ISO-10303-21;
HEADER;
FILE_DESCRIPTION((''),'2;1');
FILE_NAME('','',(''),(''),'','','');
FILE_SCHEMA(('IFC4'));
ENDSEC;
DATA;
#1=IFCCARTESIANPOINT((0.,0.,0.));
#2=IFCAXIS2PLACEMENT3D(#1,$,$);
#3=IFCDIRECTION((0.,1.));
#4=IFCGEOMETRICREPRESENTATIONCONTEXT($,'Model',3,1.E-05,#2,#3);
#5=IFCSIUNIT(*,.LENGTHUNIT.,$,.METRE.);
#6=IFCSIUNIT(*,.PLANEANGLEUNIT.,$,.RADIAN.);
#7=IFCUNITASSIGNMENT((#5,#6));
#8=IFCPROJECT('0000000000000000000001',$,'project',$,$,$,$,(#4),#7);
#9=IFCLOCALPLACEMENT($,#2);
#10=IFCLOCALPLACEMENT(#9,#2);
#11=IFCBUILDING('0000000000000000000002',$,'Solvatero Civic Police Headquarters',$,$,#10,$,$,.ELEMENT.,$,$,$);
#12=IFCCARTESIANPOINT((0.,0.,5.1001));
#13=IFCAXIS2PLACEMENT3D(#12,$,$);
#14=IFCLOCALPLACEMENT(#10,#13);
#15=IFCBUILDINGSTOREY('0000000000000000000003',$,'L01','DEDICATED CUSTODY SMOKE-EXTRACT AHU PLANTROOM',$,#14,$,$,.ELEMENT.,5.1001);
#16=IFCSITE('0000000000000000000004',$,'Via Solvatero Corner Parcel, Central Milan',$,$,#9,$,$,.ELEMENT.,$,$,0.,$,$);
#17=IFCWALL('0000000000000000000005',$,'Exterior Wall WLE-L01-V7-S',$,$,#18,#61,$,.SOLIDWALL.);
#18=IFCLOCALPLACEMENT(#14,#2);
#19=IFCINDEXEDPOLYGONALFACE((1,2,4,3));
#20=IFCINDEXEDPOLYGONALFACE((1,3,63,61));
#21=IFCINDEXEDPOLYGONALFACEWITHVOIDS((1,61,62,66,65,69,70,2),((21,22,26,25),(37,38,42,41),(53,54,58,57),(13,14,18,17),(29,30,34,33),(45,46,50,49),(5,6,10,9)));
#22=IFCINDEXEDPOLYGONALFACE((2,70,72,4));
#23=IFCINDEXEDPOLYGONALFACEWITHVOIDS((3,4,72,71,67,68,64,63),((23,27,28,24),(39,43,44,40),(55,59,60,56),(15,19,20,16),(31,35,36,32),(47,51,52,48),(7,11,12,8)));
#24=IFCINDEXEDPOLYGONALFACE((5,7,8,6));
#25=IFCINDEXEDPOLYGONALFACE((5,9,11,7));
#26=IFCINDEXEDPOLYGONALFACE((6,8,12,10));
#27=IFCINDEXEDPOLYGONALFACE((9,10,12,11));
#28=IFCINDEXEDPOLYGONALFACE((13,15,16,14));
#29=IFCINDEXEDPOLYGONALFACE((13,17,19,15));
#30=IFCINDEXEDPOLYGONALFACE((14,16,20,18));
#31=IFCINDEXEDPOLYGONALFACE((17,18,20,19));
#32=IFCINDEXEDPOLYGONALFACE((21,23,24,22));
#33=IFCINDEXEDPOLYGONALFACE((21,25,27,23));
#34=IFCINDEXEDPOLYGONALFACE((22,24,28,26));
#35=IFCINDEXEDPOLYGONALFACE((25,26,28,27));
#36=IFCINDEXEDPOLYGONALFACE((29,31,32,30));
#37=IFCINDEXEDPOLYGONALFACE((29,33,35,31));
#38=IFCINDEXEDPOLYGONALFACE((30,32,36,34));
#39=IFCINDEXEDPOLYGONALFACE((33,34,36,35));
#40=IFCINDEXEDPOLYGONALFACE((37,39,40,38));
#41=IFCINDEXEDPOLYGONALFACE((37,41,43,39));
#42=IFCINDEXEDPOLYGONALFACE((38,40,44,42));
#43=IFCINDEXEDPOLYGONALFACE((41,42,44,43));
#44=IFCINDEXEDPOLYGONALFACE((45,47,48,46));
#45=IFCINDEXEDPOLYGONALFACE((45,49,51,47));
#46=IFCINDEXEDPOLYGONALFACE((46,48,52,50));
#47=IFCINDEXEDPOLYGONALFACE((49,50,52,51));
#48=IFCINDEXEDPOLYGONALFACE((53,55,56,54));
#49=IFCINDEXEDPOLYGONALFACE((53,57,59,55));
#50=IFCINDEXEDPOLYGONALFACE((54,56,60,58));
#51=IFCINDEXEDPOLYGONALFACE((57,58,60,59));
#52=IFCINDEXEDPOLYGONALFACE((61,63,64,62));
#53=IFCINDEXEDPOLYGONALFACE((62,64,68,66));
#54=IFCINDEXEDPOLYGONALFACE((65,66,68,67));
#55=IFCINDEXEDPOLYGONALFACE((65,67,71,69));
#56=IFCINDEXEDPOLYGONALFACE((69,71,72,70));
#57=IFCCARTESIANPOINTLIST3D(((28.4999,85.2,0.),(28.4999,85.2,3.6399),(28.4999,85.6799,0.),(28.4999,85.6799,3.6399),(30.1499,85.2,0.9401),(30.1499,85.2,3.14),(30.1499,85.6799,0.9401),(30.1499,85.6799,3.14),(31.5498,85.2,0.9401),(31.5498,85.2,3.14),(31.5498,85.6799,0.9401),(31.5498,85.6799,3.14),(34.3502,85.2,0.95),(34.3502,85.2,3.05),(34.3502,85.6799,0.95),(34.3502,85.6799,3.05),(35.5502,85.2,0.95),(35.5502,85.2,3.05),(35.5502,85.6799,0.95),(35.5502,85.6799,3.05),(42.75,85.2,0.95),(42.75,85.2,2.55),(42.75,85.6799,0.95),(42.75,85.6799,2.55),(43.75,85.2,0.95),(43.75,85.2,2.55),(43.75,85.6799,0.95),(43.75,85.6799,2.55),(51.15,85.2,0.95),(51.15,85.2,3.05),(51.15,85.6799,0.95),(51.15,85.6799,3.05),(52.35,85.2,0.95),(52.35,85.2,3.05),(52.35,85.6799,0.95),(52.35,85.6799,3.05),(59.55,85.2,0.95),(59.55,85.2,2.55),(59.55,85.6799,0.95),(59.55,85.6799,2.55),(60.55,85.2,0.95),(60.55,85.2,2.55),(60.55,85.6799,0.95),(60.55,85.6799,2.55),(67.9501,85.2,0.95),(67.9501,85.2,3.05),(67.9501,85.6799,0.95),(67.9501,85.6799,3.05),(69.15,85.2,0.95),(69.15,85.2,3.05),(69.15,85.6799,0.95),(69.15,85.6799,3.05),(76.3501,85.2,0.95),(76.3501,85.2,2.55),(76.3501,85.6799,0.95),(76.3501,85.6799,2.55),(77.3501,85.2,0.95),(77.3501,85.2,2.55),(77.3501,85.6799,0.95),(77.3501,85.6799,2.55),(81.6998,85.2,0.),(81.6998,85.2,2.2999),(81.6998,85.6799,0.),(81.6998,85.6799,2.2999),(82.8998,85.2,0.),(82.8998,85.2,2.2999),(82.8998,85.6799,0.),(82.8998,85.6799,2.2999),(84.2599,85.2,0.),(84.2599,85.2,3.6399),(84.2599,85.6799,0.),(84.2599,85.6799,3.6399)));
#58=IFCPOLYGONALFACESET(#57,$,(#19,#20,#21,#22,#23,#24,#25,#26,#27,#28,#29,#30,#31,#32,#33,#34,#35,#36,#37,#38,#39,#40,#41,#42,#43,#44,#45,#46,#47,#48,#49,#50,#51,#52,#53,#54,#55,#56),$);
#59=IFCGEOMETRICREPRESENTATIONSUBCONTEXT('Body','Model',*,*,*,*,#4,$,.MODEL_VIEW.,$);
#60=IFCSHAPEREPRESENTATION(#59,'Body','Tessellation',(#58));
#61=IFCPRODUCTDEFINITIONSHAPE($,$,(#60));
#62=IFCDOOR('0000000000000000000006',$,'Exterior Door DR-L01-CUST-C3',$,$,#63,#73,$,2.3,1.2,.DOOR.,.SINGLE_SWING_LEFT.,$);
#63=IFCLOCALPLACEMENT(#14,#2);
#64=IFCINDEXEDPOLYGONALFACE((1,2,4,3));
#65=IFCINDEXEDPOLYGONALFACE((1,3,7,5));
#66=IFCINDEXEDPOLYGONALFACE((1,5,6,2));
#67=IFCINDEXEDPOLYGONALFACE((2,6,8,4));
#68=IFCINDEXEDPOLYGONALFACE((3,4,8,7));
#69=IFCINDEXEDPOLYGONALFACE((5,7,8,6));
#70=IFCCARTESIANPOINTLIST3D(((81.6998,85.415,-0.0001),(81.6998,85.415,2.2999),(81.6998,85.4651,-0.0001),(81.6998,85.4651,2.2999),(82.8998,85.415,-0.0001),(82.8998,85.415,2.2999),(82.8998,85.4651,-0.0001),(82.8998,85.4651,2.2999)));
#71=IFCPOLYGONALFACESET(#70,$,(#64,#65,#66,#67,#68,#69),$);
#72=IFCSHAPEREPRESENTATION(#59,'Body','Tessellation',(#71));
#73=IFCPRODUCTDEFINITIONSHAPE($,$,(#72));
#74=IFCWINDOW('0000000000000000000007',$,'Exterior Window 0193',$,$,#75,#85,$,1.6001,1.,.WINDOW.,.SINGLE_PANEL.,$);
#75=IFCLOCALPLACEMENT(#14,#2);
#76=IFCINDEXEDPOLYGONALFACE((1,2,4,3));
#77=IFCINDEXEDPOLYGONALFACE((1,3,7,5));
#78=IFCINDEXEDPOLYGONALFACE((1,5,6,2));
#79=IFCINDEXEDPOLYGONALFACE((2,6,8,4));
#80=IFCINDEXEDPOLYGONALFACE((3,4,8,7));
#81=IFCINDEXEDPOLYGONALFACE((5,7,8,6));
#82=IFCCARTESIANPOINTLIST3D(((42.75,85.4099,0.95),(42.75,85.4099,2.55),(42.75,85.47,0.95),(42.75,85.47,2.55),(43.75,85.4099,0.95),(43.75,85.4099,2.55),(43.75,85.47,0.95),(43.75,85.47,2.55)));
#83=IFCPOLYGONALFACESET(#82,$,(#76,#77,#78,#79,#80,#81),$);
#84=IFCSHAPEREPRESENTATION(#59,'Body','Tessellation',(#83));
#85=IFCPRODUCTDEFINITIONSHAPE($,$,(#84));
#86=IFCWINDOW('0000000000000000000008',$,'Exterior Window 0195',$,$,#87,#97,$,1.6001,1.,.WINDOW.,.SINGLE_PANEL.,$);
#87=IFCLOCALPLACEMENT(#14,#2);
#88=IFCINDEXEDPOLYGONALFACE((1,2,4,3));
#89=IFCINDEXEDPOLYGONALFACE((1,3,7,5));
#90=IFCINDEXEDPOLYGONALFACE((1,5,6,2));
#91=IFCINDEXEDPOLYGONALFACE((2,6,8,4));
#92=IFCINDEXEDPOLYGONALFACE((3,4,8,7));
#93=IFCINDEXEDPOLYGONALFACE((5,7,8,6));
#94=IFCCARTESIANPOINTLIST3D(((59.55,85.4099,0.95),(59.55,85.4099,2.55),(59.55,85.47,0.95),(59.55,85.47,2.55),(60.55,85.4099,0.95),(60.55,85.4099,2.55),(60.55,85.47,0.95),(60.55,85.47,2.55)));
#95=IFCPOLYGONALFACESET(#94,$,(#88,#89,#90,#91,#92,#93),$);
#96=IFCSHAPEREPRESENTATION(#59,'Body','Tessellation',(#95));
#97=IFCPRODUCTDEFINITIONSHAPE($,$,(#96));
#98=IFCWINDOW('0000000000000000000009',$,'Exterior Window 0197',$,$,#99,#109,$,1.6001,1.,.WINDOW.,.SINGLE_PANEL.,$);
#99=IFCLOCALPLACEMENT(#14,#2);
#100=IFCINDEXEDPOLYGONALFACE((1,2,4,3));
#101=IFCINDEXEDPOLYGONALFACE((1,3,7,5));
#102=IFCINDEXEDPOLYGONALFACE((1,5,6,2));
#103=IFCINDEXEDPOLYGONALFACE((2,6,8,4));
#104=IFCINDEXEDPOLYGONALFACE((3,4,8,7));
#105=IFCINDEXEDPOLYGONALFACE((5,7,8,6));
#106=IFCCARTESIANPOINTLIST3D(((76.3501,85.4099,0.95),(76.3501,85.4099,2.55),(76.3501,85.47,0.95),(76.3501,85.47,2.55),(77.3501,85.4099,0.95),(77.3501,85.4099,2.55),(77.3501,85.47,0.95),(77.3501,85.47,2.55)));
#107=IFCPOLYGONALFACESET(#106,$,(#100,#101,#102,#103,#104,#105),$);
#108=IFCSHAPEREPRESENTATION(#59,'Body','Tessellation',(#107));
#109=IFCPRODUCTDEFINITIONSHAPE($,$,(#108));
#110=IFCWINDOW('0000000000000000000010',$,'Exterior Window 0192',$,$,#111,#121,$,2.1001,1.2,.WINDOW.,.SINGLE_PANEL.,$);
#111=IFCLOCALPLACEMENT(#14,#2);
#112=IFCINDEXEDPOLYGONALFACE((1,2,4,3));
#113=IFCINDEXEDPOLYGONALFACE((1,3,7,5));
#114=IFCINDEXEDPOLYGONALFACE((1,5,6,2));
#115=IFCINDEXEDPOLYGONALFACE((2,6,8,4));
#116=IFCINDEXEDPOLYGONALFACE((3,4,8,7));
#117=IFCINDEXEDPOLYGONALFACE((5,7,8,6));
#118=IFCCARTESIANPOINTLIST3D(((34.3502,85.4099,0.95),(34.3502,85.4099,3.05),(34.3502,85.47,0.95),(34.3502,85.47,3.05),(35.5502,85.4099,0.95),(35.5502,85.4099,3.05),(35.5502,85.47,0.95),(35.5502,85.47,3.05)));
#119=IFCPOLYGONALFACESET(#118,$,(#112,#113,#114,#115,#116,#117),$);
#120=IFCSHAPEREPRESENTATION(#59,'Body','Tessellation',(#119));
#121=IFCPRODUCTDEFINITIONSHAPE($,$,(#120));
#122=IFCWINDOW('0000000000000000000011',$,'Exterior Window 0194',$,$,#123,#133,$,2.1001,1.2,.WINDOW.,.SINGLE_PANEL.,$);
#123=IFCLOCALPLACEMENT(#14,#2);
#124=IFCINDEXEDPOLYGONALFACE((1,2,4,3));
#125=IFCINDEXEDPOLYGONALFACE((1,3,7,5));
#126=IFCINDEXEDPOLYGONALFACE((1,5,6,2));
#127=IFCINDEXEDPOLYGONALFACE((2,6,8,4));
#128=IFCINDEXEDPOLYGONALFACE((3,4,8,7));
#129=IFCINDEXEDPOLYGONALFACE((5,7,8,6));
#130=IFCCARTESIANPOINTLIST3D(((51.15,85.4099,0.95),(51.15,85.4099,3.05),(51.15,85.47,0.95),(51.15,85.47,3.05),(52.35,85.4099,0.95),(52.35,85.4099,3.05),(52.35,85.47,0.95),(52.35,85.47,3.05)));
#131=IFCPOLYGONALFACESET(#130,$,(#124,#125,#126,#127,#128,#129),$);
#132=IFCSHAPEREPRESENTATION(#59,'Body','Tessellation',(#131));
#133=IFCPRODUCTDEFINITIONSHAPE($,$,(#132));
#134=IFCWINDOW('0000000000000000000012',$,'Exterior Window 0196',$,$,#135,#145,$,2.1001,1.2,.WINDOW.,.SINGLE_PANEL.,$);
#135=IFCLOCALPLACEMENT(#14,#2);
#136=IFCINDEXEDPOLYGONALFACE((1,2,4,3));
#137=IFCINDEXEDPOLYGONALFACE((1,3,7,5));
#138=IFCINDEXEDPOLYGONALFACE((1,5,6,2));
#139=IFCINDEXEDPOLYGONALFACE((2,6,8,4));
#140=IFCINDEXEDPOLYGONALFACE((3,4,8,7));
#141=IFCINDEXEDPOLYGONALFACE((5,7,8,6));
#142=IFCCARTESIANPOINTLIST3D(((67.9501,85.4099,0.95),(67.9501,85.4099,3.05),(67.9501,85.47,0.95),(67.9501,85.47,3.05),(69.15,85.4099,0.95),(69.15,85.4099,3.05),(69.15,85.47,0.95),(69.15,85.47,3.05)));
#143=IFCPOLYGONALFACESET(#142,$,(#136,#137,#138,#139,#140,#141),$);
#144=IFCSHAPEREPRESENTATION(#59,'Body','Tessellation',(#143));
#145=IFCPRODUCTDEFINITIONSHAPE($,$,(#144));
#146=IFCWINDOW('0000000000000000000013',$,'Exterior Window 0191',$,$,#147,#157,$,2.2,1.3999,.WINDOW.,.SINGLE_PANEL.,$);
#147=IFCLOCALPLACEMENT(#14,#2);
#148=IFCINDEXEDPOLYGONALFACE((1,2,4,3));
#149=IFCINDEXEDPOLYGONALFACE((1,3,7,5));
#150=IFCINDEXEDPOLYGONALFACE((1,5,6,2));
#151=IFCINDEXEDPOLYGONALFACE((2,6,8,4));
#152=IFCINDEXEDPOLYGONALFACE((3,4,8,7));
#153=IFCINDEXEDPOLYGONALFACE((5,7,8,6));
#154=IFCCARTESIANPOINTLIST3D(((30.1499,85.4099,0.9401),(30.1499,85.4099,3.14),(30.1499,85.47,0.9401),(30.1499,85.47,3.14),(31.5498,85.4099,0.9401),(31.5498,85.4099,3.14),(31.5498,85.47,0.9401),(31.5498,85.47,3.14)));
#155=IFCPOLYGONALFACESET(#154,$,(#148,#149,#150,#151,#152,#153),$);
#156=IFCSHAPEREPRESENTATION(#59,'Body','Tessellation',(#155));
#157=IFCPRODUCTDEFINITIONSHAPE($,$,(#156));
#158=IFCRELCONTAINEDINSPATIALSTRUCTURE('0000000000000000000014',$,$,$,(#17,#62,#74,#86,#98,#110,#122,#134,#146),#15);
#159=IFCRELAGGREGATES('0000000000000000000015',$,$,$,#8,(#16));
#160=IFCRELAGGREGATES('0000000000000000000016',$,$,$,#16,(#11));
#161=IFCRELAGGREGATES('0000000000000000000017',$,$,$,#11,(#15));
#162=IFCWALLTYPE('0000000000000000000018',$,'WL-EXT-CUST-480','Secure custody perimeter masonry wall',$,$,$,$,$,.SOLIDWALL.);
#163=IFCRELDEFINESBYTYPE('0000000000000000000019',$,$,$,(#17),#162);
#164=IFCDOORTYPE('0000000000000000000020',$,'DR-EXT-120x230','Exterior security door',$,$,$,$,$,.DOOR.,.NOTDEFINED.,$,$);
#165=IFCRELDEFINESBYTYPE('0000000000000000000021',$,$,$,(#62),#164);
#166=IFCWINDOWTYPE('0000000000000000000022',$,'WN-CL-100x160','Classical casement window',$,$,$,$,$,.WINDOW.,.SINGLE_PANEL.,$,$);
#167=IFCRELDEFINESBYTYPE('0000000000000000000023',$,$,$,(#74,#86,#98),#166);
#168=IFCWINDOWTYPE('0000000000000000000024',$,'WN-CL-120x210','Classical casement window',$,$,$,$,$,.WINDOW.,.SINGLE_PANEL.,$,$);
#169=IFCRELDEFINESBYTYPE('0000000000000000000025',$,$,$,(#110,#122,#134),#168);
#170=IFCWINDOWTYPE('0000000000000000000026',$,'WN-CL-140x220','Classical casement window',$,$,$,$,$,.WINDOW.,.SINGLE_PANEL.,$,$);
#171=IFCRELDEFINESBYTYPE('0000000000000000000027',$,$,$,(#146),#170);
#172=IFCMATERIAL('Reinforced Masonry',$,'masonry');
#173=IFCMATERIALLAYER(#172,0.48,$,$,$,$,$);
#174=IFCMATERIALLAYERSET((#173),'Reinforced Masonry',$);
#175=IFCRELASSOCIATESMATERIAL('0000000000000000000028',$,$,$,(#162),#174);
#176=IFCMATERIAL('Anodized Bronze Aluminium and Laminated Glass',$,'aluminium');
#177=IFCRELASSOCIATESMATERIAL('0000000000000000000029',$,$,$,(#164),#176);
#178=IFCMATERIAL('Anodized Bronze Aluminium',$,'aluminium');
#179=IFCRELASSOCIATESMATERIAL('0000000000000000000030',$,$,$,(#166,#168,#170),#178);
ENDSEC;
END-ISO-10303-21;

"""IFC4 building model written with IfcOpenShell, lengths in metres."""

from ifc_helpers import new_model, si_unit, direction, frame, frame_2d, origin, place, context, subcontext, project, spatial, rectangle, extrude, material, layer, layer_set, type_object, element, fill, save


model = new_model("IFC4")

# Units and contexts
model_context = context("Model", 3, precision=1e-05, world=origin(), true_north=direction((0.0, 1.0)))
body_context = subcontext(model_context, "Body", "Model", "MODEL_VIEW")
ifc_project = project(units=[si_unit("LENGTHUNIT", "METRE"), si_unit("PLANEANGLEUNIT", "RADIAN")], contexts=[model_context])

# Site, building, storey
site_placement = place(None, origin())
site = spatial("IfcSite", under=ifc_project, at=site_placement, Name="Via Solvatero Corner Parcel, Central Milan", CompositionType="ELEMENT", RefElevation=0.0)
building_placement = place(site_placement, origin())
building = spatial("IfcBuilding", under=site, at=building_placement, Name="Solvatero Civic Police Headquarters", CompositionType="ELEMENT")
storey_placement = place(building_placement, frame((0.0, 0.0, 5.1001)))
storey = spatial("IfcBuildingStorey", under=building, at=storey_placement, Name="L01", Description="DEDICATED CUSTODY SMOKE-EXTRACT AHU PLANTROOM", CompositionType="ELEMENT", Elevation=5.1001)

# Wall, openings, door, windows
ifc_material_1 = material(Name="Reinforced Masonry", Category="masonry")
ifc_layer_1 = layer(ifc_material_1, 0.48)
ifc_layer_set_1 = layer_set([ifc_layer_1], Name="Reinforced Masonry")
wall_type_1 = type_object("IfcWallType", Name="WL-EXT-CUST-480", Description="Secure custody perimeter masonry wall", PredefinedType="SOLIDWALL", material=ifc_layer_set_1)
wall_1_placement = place(storey_placement, frame((28.5, 85.4399, 0.0), z_axis=(0.0, 0.0, 1.0), x_axis=(1.0, 0.0, 0.0)))
wall_1 = element("IfcWall", 1, at=wall_1_placement, inside=storey, type_object=wall_type_1, Name="Exterior Wall WLE-L01-V7-S", PredefinedType="SOLIDWALL", context=body_context, shape_type="SweptSolid", body=[
    extrude(rectangle(XDim=55.76, YDim=0.48, at=frame_2d((27.8799, 0.0))), origin(), (0.0, 0.0, 1.0), 3.6399),
])
opening_1_placement = place(wall_1_placement, frame((54.3999, 0.0, 0.0), z_axis=(0.0, 0.0, 1.0), x_axis=(-1.0, 0.0, 0.0)))
opening_1 = element("IfcOpeningElement", 2, at=opening_1_placement, cuts=wall_1, PredefinedType="OPENING", context=body_context, shape_type="SweptSolid", body=[
    extrude(rectangle(XDim=1.2, YDim=2.3, at=frame_2d((0.6001, 1.1499))), frame((0.0, 0.25, 0.0), z_axis=(0.0, -1.0, 0.0), x_axis=(1.0, 0.0, 0.0)), (0.0, 0.0, 1.0), 0.5),
])
opening_2_placement = place(wall_1_placement, frame((1.6499, 0.0, 0.9399)))
opening_2 = element("IfcOpeningElement", 3, at=opening_2_placement, cuts=wall_1, PredefinedType="OPENING", context=body_context, shape_type="SweptSolid", body=[
    extrude(rectangle(XDim=1.3999, YDim=2.2, at=frame_2d((0.7, 1.1001))), frame((0.0, 0.25, 0.0), z_axis=(0.0, -1.0, 0.0), x_axis=(1.0, 0.0, 0.0)), (0.0, 0.0, 1.0), 0.5),
])
opening_3_placement = place(wall_1_placement, frame((5.8501, 0.0, 0.95)))
opening_3 = element("IfcOpeningElement", 4, at=opening_3_placement, cuts=wall_1, PredefinedType="OPENING", context=body_context, shape_type="SweptSolid", body=[
    extrude(rectangle(XDim=1.2, YDim=2.1001, at=frame_2d((0.6001, 1.05))), frame((0.0, 0.25, 0.0), z_axis=(0.0, -1.0, 0.0), x_axis=(1.0, 0.0, 0.0)), (0.0, 0.0, 1.0), 0.5),
])
opening_4_placement = place(wall_1_placement, frame((14.25, 0.0, 0.95)))
opening_4 = element("IfcOpeningElement", 5, at=opening_4_placement, cuts=wall_1, PredefinedType="OPENING", context=body_context, shape_type="SweptSolid", body=[
    extrude(rectangle(XDim=1.0, YDim=1.6001, at=frame_2d((0.5, 0.8))), frame((0.0, 0.25, 0.0), z_axis=(0.0, -1.0, 0.0), x_axis=(1.0, 0.0, 0.0)), (0.0, 0.0, 1.0), 0.5),
])
opening_5_placement = place(wall_1_placement, frame((22.6499, 0.0, 0.95)))
opening_5 = element("IfcOpeningElement", 6, at=opening_5_placement, cuts=wall_1, PredefinedType="OPENING", context=body_context, shape_type="SweptSolid", body=[
    extrude(rectangle(XDim=1.2, YDim=2.1001, at=frame_2d((0.6001, 1.05))), frame((0.0, 0.25, 0.0), z_axis=(0.0, -1.0, 0.0), x_axis=(1.0, 0.0, 0.0)), (0.0, 0.0, 1.0), 0.5),
])
opening_6_placement = place(wall_1_placement, frame((31.05, 0.0, 0.95)))
opening_6 = element("IfcOpeningElement", 7, at=opening_6_placement, cuts=wall_1, PredefinedType="OPENING", context=body_context, shape_type="SweptSolid", body=[
    extrude(rectangle(XDim=1.0, YDim=1.6001, at=frame_2d((0.5, 0.8))), frame((0.0, 0.25, 0.0), z_axis=(0.0, -1.0, 0.0), x_axis=(1.0, 0.0, 0.0)), (0.0, 0.0, 1.0), 0.5),
])
opening_7_placement = place(wall_1_placement, frame((39.45, 0.0, 0.95)))
opening_7 = element("IfcOpeningElement", 8, at=opening_7_placement, cuts=wall_1, PredefinedType="OPENING", context=body_context, shape_type="SweptSolid", body=[
    extrude(rectangle(XDim=1.2, YDim=2.1001, at=frame_2d((0.6001, 1.05))), frame((0.0, 0.25, 0.0), z_axis=(0.0, -1.0, 0.0), x_axis=(1.0, 0.0, 0.0)), (0.0, 0.0, 1.0), 0.5),
])
opening_8_placement = place(wall_1_placement, frame((47.8501, 0.0, 0.95)))
opening_8 = element("IfcOpeningElement", 9, at=opening_8_placement, cuts=wall_1, PredefinedType="OPENING", context=body_context, shape_type="SweptSolid", body=[
    extrude(rectangle(XDim=1.0, YDim=1.6001, at=frame_2d((0.5, 0.8))), frame((0.0, 0.25, 0.0), z_axis=(0.0, -1.0, 0.0), x_axis=(1.0, 0.0, 0.0)), (0.0, 0.0, 1.0), 0.5),
])
ifc_material_2 = material(Name="Anodized Bronze Aluminium and Laminated Glass", Category="aluminium")
door_type = type_object("IfcDoorType", Name="DR-EXT-120x230", Description="Exterior security door", OperationType="NOTDEFINED", PredefinedType="DOOR", material=ifc_material_2)
door_placement = place(opening_1_placement, origin())
door = element("IfcDoor", 10, at=door_placement, inside=storey, type_object=door_type, Name="Exterior Door DR-L01-CUST-C3", OperationType="SINGLE_SWING_LEFT", OverallHeight=2.3, OverallWidth=1.2, PredefinedType="DOOR", context=body_context, shape_type="SweptSolid", body=[
    extrude(rectangle(XDim=1.2, YDim=2.3, at=frame_2d((0.6001, 1.1499))), frame((0.0, 0.0249, 0.0), z_axis=(0.0, -1.0, 0.0), x_axis=(1.0, 0.0, 0.0)), (0.0, 0.0, 1.0), 0.05),
])
fill(opening_1, door)
ifc_material_3 = material(Name="Anodized Bronze Aluminium", Category="aluminium")
window_type_1 = type_object("IfcWindowType", Name="WN-CL-100x160", Description="Classical casement window", PartitioningType="SINGLE_PANEL", PredefinedType="WINDOW", material=ifc_material_3)
window_1_placement = place(opening_4_placement, origin())
window_1 = element("IfcWindow", 11, at=window_1_placement, inside=storey, type_object=window_type_1, Name="Exterior Window 0193", OverallHeight=1.6001, OverallWidth=1.0, PartitioningType="SINGLE_PANEL", PredefinedType="WINDOW", context=body_context, shape_type="SweptSolid", body=[
    extrude(rectangle(XDim=1.0, YDim=1.6001, at=frame_2d((0.5, 0.8))), frame((0.0, 0.03, 0.0), z_axis=(0.0, -1.0, 0.0), x_axis=(1.0, 0.0, 0.0)), (0.0, 0.0, 1.0), 0.0601),
])
fill(opening_4, window_1)
window_2_placement = place(opening_6_placement, origin())
window_2 = element("IfcWindow", 12, at=window_2_placement, inside=storey, type_object=window_type_1, Name="Exterior Window 0195", OverallHeight=1.6001, OverallWidth=1.0, PartitioningType="SINGLE_PANEL", PredefinedType="WINDOW", context=body_context, shape_type="SweptSolid", body=[
    extrude(rectangle(XDim=1.0, YDim=1.6001, at=frame_2d((0.5, 0.8))), frame((0.0, 0.03, 0.0), z_axis=(0.0, -1.0, 0.0), x_axis=(1.0, 0.0, 0.0)), (0.0, 0.0, 1.0), 0.0601),
])
fill(opening_6, window_2)
window_3_placement = place(opening_8_placement, origin())
window_3 = element("IfcWindow", 13, at=window_3_placement, inside=storey, type_object=window_type_1, Name="Exterior Window 0197", OverallHeight=1.6001, OverallWidth=1.0, PartitioningType="SINGLE_PANEL", PredefinedType="WINDOW", context=body_context, shape_type="SweptSolid", body=[
    extrude(rectangle(XDim=1.0, YDim=1.6001, at=frame_2d((0.5, 0.8))), frame((0.0, 0.03, 0.0), z_axis=(0.0, -1.0, 0.0), x_axis=(1.0, 0.0, 0.0)), (0.0, 0.0, 1.0), 0.0601),
])
fill(opening_8, window_3)
window_type_2 = type_object("IfcWindowType", Name="WN-CL-120x210", Description="Classical casement window", PartitioningType="SINGLE_PANEL", PredefinedType="WINDOW", material=ifc_material_3)
window_4_placement = place(opening_3_placement, origin())
window_4 = element("IfcWindow", 14, at=window_4_placement, inside=storey, type_object=window_type_2, Name="Exterior Window 0192", OverallHeight=2.1001, OverallWidth=1.2, PartitioningType="SINGLE_PANEL", PredefinedType="WINDOW", context=body_context, shape_type="SweptSolid", body=[
    extrude(rectangle(XDim=1.2, YDim=2.1001, at=frame_2d((0.6001, 1.05))), frame((0.0, 0.03, 0.0), z_axis=(0.0, -1.0, 0.0), x_axis=(1.0, 0.0, 0.0)), (0.0, 0.0, 1.0), 0.0601),
])
fill(opening_3, window_4)
window_5_placement = place(opening_5_placement, origin())
window_5 = element("IfcWindow", 15, at=window_5_placement, inside=storey, type_object=window_type_2, Name="Exterior Window 0194", OverallHeight=2.1001, OverallWidth=1.2, PartitioningType="SINGLE_PANEL", PredefinedType="WINDOW", context=body_context, shape_type="SweptSolid", body=[
    extrude(rectangle(XDim=1.2, YDim=2.1001, at=frame_2d((0.6001, 1.05))), frame((0.0, 0.03, 0.0), z_axis=(0.0, -1.0, 0.0), x_axis=(1.0, 0.0, 0.0)), (0.0, 0.0, 1.0), 0.0601),
])
fill(opening_5, window_5)
window_6_placement = place(opening_7_placement, origin())
window_6 = element("IfcWindow", 16, at=window_6_placement, inside=storey, type_object=window_type_2, Name="Exterior Window 0196", OverallHeight=2.1001, OverallWidth=1.2, PartitioningType="SINGLE_PANEL", PredefinedType="WINDOW", context=body_context, shape_type="SweptSolid", body=[
    extrude(rectangle(XDim=1.2, YDim=2.1001, at=frame_2d((0.6001, 1.05))), frame((0.0, 0.03, 0.0), z_axis=(0.0, -1.0, 0.0), x_axis=(1.0, 0.0, 0.0)), (0.0, 0.0, 1.0), 0.0601),
])
fill(opening_7, window_6)
window_type_3 = type_object("IfcWindowType", Name="WN-CL-140x220", Description="Classical casement window", PartitioningType="SINGLE_PANEL", PredefinedType="WINDOW", material=ifc_material_3)
window_7_placement = place(opening_2_placement, origin())
window_7 = element("IfcWindow", 17, at=window_7_placement, inside=storey, type_object=window_type_3, Name="Exterior Window 0191", OverallHeight=2.2, OverallWidth=1.3999, PartitioningType="SINGLE_PANEL", PredefinedType="WINDOW", context=body_context, shape_type="SweptSolid", body=[
    extrude(rectangle(XDim=1.3999, YDim=2.2, at=frame_2d((0.7, 1.1001))), frame((0.0, 0.03, 0.0), z_axis=(0.0, -1.0, 0.0), x_axis=(1.0, 0.0, 0.0)), (0.0, 0.0, 1.0), 0.0601),
])
fill(opening_2, window_7)

save(model, "model.ifc")
